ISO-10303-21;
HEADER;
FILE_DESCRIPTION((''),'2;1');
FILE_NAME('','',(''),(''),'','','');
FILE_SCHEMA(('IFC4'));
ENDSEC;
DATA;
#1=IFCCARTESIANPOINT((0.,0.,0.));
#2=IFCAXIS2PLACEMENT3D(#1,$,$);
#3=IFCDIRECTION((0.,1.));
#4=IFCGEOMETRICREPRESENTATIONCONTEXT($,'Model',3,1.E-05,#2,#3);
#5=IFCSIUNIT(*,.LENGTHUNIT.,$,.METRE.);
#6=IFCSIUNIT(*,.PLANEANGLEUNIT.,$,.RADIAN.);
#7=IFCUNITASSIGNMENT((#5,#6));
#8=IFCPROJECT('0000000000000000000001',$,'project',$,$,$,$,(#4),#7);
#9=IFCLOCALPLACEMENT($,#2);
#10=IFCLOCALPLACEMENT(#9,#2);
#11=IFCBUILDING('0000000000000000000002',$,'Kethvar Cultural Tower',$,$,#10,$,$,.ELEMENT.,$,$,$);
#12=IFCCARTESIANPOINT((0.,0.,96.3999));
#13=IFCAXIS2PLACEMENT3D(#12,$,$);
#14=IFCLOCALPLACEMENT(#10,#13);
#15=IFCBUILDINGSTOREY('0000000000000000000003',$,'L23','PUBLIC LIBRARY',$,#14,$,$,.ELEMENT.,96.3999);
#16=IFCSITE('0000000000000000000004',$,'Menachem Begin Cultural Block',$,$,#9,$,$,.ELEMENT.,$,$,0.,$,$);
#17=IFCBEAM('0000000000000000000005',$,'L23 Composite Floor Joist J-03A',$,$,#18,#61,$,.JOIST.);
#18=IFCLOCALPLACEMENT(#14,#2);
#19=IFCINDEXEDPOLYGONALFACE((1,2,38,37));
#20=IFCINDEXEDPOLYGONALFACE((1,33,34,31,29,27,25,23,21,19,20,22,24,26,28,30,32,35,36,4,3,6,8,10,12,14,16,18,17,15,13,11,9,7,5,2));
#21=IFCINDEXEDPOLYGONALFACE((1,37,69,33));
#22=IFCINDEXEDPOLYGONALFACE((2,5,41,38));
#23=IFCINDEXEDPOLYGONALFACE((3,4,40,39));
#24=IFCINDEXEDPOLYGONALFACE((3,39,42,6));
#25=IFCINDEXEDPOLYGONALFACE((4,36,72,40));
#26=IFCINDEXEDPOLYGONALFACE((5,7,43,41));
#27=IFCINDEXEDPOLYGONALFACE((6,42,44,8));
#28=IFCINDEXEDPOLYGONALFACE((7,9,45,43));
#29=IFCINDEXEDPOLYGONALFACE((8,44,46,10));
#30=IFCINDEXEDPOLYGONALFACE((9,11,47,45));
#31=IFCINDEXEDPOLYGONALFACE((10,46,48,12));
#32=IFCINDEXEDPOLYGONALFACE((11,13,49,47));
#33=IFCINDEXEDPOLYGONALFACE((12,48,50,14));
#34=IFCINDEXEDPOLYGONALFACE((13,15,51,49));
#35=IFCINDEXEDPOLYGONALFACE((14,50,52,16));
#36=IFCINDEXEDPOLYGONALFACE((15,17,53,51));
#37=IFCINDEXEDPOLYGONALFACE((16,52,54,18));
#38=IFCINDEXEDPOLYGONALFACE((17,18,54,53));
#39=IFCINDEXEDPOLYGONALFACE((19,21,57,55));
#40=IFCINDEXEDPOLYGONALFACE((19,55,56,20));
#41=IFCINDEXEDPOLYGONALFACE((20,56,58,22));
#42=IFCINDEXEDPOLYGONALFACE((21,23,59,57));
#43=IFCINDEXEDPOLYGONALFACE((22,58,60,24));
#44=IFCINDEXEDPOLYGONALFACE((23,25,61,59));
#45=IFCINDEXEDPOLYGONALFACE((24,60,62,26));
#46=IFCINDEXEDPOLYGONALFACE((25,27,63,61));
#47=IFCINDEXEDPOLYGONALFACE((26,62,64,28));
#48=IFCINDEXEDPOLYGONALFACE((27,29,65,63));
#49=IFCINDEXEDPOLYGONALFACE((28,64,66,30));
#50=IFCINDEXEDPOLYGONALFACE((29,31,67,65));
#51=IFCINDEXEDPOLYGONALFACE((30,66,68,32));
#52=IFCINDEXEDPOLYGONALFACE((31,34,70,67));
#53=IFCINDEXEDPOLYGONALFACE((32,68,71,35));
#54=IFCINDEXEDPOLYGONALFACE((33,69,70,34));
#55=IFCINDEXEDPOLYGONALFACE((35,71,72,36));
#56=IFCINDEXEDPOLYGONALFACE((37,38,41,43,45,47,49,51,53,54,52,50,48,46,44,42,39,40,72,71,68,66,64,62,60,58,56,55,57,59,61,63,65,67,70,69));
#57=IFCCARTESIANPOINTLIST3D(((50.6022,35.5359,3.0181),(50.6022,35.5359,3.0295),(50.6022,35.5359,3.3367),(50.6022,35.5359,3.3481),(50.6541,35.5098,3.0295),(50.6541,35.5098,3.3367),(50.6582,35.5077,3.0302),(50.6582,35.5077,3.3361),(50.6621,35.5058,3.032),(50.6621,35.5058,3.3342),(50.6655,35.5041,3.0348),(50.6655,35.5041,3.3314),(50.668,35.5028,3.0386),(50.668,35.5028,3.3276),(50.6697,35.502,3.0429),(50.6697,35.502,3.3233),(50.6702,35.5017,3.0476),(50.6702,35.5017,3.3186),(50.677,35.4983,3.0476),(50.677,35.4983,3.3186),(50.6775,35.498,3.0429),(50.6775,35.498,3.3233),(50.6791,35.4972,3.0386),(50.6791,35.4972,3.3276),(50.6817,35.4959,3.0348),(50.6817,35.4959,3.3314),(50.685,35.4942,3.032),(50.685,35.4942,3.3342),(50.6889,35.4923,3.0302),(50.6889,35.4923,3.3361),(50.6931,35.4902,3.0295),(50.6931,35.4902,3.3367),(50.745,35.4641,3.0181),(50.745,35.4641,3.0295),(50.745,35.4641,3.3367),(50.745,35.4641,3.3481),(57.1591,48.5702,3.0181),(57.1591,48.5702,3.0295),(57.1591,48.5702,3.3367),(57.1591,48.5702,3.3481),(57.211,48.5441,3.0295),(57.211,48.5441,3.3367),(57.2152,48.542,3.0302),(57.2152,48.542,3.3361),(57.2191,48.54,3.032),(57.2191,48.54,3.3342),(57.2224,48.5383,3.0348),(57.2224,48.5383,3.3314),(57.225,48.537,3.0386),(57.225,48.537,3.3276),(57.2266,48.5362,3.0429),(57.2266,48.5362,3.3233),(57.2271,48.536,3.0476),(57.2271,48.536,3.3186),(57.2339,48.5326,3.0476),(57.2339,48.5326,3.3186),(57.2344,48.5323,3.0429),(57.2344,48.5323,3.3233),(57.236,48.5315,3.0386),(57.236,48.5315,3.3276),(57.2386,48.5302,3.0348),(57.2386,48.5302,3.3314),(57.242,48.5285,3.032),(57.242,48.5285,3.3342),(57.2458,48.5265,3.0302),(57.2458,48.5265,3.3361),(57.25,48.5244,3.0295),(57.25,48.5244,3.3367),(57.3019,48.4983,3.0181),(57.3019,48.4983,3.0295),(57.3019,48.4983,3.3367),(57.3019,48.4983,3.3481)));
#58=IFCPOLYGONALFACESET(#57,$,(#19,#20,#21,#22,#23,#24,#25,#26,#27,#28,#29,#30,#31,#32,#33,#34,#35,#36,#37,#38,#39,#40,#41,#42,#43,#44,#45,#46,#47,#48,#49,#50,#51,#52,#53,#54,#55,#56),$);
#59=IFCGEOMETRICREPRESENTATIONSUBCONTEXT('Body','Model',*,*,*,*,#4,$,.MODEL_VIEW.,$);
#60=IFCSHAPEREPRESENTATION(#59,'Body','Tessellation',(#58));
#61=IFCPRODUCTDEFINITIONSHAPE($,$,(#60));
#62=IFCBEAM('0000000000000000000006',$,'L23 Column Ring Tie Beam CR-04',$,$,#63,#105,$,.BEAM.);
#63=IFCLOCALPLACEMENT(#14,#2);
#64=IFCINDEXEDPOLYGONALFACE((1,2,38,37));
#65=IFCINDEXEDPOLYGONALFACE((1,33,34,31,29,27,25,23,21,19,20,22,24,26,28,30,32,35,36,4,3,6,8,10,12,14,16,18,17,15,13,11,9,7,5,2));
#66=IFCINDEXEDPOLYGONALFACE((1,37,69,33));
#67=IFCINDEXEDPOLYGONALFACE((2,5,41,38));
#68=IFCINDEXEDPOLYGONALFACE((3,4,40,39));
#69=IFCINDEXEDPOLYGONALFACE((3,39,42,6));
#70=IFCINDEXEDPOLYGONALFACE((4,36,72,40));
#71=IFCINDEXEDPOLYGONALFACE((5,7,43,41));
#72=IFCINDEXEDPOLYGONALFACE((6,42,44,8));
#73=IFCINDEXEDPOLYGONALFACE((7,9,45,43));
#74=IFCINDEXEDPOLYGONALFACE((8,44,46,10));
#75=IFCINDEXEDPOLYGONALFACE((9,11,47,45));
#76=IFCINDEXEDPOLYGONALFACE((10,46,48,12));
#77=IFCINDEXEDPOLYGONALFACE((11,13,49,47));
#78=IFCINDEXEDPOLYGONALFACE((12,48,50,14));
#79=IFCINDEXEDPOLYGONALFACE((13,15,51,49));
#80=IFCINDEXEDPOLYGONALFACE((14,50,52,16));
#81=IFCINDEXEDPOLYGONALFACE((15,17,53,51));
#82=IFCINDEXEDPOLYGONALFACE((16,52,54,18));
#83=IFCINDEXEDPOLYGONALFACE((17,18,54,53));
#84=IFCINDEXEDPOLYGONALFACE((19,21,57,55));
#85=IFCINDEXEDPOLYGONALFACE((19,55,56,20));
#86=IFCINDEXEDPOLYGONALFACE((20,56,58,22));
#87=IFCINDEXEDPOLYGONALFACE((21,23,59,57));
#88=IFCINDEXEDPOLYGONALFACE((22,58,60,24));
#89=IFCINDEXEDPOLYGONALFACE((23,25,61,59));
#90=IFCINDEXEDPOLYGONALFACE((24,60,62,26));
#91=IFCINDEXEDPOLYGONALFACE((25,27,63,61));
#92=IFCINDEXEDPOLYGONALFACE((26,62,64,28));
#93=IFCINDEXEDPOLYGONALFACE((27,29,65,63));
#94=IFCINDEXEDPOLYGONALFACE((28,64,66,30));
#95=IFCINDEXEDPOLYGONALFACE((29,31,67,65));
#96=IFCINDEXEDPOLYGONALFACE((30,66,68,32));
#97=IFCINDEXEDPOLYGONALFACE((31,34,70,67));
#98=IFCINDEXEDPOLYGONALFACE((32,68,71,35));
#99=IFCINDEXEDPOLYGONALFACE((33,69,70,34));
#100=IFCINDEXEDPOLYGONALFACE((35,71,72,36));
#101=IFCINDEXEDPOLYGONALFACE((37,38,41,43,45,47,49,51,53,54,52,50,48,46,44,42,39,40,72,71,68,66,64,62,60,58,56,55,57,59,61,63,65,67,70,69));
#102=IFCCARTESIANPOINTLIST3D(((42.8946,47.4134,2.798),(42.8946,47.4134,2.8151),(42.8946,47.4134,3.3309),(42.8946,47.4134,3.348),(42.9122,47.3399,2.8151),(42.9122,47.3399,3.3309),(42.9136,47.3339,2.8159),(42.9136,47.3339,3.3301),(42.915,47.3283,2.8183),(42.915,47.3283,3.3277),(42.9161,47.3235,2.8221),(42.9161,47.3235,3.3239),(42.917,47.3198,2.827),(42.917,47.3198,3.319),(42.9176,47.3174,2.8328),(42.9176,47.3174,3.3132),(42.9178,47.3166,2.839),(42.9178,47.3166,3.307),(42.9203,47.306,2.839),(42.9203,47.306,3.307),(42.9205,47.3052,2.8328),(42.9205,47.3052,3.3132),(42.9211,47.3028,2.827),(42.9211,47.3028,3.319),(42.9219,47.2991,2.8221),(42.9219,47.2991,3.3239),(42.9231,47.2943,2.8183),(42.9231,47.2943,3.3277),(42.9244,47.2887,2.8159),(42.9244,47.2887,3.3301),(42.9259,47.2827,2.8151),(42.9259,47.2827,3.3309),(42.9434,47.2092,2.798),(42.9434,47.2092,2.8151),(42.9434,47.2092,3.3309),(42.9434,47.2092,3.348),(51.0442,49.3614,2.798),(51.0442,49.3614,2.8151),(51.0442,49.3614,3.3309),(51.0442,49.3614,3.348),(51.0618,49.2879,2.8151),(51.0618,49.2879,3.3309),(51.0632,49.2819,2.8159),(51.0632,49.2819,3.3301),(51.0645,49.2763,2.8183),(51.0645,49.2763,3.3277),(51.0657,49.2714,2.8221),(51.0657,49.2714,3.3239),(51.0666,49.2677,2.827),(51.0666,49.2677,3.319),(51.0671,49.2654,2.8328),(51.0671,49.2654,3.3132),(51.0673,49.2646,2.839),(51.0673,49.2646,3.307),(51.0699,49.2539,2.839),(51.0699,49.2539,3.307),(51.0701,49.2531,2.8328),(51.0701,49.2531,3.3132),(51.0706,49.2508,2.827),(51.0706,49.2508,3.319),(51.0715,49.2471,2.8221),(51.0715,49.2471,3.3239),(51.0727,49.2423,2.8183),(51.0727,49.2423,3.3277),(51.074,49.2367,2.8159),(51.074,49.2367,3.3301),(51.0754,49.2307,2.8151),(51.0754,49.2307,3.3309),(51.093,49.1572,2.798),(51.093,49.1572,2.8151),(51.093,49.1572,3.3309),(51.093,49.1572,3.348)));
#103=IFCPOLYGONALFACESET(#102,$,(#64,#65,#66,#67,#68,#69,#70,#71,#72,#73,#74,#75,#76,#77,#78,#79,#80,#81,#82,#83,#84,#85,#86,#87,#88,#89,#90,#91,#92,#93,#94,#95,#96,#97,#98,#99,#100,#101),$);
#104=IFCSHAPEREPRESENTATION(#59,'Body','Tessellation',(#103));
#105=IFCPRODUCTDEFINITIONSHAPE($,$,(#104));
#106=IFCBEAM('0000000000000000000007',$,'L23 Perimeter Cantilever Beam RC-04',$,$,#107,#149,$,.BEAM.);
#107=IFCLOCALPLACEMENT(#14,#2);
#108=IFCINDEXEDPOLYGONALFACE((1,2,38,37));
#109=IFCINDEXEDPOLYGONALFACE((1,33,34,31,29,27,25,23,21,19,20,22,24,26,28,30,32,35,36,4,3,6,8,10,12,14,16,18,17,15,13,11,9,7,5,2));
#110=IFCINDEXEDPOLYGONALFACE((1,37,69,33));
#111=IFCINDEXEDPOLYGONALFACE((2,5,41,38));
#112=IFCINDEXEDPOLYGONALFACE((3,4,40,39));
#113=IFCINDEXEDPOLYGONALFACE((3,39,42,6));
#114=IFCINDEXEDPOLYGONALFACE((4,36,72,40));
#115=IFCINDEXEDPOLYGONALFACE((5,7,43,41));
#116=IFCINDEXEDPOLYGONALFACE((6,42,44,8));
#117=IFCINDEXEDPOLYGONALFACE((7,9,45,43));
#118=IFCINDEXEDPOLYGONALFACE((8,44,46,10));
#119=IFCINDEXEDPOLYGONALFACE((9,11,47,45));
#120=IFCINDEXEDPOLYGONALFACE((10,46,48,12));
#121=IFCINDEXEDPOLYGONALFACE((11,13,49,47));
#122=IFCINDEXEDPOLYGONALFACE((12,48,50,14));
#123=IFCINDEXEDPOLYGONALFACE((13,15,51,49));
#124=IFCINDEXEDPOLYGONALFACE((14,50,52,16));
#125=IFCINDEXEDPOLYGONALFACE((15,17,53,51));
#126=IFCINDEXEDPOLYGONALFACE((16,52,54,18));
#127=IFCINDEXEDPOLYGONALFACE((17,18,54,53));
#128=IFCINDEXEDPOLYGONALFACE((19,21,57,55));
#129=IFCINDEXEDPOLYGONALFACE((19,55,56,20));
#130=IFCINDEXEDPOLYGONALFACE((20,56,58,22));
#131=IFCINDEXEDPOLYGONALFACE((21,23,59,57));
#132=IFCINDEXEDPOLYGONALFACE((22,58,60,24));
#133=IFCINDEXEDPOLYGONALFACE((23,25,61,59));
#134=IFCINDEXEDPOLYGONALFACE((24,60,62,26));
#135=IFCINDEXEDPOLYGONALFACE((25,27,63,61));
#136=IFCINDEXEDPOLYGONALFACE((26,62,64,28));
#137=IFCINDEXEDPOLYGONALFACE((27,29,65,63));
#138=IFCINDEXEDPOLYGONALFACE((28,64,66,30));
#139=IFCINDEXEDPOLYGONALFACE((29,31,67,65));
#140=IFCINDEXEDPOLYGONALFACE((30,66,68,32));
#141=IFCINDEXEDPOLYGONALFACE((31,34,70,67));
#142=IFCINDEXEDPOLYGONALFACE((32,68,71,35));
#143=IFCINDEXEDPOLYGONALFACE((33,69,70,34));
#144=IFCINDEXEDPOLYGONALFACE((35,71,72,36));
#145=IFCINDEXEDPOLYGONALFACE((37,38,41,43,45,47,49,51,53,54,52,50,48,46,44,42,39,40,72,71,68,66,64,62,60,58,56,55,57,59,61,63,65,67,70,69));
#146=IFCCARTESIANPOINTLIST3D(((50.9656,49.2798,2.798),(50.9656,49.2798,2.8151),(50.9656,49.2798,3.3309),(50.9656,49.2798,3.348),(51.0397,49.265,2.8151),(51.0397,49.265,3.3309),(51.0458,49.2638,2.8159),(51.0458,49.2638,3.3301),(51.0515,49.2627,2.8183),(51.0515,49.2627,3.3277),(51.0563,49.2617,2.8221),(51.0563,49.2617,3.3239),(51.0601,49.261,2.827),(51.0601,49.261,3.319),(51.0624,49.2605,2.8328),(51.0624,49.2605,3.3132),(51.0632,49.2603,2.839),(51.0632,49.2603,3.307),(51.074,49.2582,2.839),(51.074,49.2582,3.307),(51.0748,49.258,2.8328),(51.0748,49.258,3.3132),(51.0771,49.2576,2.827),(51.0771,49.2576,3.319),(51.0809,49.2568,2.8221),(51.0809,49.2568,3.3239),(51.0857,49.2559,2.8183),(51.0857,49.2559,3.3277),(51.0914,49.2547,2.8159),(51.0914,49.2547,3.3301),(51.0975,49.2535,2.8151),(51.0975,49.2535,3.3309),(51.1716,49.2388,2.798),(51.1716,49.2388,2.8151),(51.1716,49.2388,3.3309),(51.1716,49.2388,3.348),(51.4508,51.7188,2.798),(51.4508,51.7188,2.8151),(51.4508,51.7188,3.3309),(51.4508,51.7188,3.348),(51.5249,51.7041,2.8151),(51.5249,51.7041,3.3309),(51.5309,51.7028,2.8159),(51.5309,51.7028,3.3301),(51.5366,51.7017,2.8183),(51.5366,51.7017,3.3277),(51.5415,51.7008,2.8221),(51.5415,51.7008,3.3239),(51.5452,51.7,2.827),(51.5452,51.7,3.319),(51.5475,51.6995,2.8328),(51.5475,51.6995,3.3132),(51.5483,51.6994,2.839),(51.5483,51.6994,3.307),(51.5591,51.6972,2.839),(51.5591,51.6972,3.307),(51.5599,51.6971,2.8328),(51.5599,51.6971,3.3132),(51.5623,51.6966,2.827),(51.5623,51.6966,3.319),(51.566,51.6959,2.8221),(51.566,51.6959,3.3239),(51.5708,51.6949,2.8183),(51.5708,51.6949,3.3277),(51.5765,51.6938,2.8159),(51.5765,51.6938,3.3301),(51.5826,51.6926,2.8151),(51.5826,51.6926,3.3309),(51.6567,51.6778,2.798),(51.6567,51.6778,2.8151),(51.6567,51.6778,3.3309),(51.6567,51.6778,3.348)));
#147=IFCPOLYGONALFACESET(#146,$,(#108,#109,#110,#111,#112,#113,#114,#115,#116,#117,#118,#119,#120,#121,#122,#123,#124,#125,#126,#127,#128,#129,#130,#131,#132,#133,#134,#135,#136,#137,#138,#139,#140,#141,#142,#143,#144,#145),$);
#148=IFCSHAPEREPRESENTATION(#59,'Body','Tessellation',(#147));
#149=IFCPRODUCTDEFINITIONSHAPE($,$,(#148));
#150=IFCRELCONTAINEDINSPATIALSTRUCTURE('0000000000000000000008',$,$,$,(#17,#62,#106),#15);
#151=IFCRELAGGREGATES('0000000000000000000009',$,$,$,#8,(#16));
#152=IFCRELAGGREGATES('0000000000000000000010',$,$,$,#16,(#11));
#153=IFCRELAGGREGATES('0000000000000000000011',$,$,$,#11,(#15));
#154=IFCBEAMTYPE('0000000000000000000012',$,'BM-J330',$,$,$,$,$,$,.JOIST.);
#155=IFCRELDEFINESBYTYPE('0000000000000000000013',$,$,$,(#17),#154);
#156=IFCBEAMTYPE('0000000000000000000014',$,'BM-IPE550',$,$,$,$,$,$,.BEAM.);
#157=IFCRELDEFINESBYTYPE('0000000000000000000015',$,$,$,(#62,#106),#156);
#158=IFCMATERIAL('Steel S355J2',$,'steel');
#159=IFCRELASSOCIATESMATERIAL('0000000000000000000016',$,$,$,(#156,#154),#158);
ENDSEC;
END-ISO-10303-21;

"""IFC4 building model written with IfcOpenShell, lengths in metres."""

from ifc_helpers import new_model, si_unit, direction, frame, origin, origin_2d, place, context, subcontext, project, spatial, i_section, extrude, source, transform, mapped, material, material_profile, profile_set, type_object, element, save


model = new_model("IFC4")

# Units and contexts
model_context = context("Model", 3, precision=1e-05, world=origin(), true_north=direction((0.0, 1.0)))
body_context = subcontext(model_context, "Body", "Model", "MODEL_VIEW")
ifc_project = project(units=[si_unit("LENGTHUNIT", "METRE"), si_unit("PLANEANGLEUNIT", "RADIAN")], contexts=[model_context])

# Site, building, storey
site_placement = place(None, origin())
site = spatial("IfcSite", under=ifc_project, at=site_placement, Name="Menachem Begin Cultural Block", CompositionType="ELEMENT", RefElevation=0.0)
building_placement = place(site_placement, origin())
building = spatial("IfcBuilding", under=site, at=building_placement, Name="Kethvar Cultural Tower", CompositionType="ELEMENT")
storey_placement = place(building_placement, frame((0.0, 0.0, 96.3999)))
storey = spatial("IfcBuildingStorey", under=building, at=storey_placement, Name="L23", Description="PUBLIC LIBRARY", CompositionType="ELEMENT", Elevation=96.3999)

# Beams
ifc_material_1 = material(Name="Steel S355J2", Category="steel")
ifc_material_profile_1 = material_profile(ifc_material_1, i_section(OverallWidth=0.21, OverallDepth=0.55, WebThickness=0.011, FlangeThickness=0.0171, FilletRadius=0.0239, at=origin_2d()), Name="Steel S355J2 — IPE550")
ifc_profile_set_1 = profile_set([ifc_material_profile_1], Name="Steel S355J2 — IPE550")
beam_type_1 = type_object("IfcBeamType", Name="BM-IPE550", PredefinedType="BEAM", material=ifc_profile_set_1)
ifc_material_profile_2 = material_profile(ifc_material_1, i_section(OverallWidth=0.1599, OverallDepth=0.3301, WebThickness=0.0076, FlangeThickness=0.0115, FilletRadius=0.0181, at=origin_2d()), Name="Steel S355J2 — IPE330")
ifc_profile_set_2 = profile_set([ifc_material_profile_2], Name="Steel S355J2 — IPE330")
beam_type_2 = type_object("IfcBeamType", Name="BM-J330", PredefinedType="JOIST", material=ifc_profile_set_2)
shared_shape_1 = source(origin(), body_context, "Body", "SweptSolid", [
    extrude(i_section(OverallWidth=0.1599, OverallDepth=0.3301, WebThickness=0.0076, FlangeThickness=0.0115, FilletRadius=0.0181, at=origin_2d()), origin(), (0.0, 0.0, 1.0), 14.5906),
])
beam_1_placement = place(storey_placement, frame((50.6736, 35.5, 3.1831), z_axis=(0.449394, 0.893334, 0.0), x_axis=(-0.893334, 0.449394, 0.0)))
element("IfcBeam", 1, at=beam_1_placement, inside=storey, type_object=beam_type_2, Name="L23 Composite Floor Joist J-03A", PredefinedType="JOIST", context=body_context, shape_type="MappedRepresentation", body=[
    mapped(shared_shape_1, transform((0.0, 0.0, 0.0), scale=1.0)),
])
shared_shape_2 = source(origin(), body_context, "Body", "SweptSolid", [
    extrude(i_section(OverallWidth=0.21, OverallDepth=0.55, WebThickness=0.011, FlangeThickness=0.0171, FilletRadius=0.0239, at=origin_2d()), origin(), (0.0, 0.0, 1.0), 8.3792),
])
beam_2_placement = place(storey_placement, frame((51.0686, 49.2593, 3.073), z_axis=(-0.972601, -0.232479, 0.0), x_axis=(0.232479, -0.972601, 0.0)))
element("IfcBeam", 2, at=beam_2_placement, inside=storey, type_object=beam_type_1, Name="L23 Column Ring Tie Beam CR-04", PredefinedType="BEAM", context=body_context, shape_type="MappedRepresentation", body=[
    mapped(shared_shape_2, transform((0.0, 0.0, 0.0), scale=1.0)),
])
shared_shape_3 = source(origin(), body_context, "Body", "SweptSolid", [
    extrude(i_section(OverallWidth=0.21, OverallDepth=0.55, WebThickness=0.011, FlangeThickness=0.0171, FilletRadius=0.0239, at=origin_2d()), origin(), (0.0, 0.0, 1.0), 2.4868),
])
beam_3_placement = place(storey_placement, frame((51.0686, 49.2593, 3.073), z_axis=(0.195078, 0.980788, 0.0), x_axis=(-0.980788, 0.195078, 0.0)))
element("IfcBeam", 3, at=beam_3_placement, inside=storey, type_object=beam_type_1, Name="L23 Perimeter Cantilever Beam RC-04", PredefinedType="BEAM", context=body_context, shape_type="MappedRepresentation", body=[
    mapped(shared_shape_3, transform((0.0, 0.0, 0.0), scale=1.0)),
])

save(model, "model.ifc")
